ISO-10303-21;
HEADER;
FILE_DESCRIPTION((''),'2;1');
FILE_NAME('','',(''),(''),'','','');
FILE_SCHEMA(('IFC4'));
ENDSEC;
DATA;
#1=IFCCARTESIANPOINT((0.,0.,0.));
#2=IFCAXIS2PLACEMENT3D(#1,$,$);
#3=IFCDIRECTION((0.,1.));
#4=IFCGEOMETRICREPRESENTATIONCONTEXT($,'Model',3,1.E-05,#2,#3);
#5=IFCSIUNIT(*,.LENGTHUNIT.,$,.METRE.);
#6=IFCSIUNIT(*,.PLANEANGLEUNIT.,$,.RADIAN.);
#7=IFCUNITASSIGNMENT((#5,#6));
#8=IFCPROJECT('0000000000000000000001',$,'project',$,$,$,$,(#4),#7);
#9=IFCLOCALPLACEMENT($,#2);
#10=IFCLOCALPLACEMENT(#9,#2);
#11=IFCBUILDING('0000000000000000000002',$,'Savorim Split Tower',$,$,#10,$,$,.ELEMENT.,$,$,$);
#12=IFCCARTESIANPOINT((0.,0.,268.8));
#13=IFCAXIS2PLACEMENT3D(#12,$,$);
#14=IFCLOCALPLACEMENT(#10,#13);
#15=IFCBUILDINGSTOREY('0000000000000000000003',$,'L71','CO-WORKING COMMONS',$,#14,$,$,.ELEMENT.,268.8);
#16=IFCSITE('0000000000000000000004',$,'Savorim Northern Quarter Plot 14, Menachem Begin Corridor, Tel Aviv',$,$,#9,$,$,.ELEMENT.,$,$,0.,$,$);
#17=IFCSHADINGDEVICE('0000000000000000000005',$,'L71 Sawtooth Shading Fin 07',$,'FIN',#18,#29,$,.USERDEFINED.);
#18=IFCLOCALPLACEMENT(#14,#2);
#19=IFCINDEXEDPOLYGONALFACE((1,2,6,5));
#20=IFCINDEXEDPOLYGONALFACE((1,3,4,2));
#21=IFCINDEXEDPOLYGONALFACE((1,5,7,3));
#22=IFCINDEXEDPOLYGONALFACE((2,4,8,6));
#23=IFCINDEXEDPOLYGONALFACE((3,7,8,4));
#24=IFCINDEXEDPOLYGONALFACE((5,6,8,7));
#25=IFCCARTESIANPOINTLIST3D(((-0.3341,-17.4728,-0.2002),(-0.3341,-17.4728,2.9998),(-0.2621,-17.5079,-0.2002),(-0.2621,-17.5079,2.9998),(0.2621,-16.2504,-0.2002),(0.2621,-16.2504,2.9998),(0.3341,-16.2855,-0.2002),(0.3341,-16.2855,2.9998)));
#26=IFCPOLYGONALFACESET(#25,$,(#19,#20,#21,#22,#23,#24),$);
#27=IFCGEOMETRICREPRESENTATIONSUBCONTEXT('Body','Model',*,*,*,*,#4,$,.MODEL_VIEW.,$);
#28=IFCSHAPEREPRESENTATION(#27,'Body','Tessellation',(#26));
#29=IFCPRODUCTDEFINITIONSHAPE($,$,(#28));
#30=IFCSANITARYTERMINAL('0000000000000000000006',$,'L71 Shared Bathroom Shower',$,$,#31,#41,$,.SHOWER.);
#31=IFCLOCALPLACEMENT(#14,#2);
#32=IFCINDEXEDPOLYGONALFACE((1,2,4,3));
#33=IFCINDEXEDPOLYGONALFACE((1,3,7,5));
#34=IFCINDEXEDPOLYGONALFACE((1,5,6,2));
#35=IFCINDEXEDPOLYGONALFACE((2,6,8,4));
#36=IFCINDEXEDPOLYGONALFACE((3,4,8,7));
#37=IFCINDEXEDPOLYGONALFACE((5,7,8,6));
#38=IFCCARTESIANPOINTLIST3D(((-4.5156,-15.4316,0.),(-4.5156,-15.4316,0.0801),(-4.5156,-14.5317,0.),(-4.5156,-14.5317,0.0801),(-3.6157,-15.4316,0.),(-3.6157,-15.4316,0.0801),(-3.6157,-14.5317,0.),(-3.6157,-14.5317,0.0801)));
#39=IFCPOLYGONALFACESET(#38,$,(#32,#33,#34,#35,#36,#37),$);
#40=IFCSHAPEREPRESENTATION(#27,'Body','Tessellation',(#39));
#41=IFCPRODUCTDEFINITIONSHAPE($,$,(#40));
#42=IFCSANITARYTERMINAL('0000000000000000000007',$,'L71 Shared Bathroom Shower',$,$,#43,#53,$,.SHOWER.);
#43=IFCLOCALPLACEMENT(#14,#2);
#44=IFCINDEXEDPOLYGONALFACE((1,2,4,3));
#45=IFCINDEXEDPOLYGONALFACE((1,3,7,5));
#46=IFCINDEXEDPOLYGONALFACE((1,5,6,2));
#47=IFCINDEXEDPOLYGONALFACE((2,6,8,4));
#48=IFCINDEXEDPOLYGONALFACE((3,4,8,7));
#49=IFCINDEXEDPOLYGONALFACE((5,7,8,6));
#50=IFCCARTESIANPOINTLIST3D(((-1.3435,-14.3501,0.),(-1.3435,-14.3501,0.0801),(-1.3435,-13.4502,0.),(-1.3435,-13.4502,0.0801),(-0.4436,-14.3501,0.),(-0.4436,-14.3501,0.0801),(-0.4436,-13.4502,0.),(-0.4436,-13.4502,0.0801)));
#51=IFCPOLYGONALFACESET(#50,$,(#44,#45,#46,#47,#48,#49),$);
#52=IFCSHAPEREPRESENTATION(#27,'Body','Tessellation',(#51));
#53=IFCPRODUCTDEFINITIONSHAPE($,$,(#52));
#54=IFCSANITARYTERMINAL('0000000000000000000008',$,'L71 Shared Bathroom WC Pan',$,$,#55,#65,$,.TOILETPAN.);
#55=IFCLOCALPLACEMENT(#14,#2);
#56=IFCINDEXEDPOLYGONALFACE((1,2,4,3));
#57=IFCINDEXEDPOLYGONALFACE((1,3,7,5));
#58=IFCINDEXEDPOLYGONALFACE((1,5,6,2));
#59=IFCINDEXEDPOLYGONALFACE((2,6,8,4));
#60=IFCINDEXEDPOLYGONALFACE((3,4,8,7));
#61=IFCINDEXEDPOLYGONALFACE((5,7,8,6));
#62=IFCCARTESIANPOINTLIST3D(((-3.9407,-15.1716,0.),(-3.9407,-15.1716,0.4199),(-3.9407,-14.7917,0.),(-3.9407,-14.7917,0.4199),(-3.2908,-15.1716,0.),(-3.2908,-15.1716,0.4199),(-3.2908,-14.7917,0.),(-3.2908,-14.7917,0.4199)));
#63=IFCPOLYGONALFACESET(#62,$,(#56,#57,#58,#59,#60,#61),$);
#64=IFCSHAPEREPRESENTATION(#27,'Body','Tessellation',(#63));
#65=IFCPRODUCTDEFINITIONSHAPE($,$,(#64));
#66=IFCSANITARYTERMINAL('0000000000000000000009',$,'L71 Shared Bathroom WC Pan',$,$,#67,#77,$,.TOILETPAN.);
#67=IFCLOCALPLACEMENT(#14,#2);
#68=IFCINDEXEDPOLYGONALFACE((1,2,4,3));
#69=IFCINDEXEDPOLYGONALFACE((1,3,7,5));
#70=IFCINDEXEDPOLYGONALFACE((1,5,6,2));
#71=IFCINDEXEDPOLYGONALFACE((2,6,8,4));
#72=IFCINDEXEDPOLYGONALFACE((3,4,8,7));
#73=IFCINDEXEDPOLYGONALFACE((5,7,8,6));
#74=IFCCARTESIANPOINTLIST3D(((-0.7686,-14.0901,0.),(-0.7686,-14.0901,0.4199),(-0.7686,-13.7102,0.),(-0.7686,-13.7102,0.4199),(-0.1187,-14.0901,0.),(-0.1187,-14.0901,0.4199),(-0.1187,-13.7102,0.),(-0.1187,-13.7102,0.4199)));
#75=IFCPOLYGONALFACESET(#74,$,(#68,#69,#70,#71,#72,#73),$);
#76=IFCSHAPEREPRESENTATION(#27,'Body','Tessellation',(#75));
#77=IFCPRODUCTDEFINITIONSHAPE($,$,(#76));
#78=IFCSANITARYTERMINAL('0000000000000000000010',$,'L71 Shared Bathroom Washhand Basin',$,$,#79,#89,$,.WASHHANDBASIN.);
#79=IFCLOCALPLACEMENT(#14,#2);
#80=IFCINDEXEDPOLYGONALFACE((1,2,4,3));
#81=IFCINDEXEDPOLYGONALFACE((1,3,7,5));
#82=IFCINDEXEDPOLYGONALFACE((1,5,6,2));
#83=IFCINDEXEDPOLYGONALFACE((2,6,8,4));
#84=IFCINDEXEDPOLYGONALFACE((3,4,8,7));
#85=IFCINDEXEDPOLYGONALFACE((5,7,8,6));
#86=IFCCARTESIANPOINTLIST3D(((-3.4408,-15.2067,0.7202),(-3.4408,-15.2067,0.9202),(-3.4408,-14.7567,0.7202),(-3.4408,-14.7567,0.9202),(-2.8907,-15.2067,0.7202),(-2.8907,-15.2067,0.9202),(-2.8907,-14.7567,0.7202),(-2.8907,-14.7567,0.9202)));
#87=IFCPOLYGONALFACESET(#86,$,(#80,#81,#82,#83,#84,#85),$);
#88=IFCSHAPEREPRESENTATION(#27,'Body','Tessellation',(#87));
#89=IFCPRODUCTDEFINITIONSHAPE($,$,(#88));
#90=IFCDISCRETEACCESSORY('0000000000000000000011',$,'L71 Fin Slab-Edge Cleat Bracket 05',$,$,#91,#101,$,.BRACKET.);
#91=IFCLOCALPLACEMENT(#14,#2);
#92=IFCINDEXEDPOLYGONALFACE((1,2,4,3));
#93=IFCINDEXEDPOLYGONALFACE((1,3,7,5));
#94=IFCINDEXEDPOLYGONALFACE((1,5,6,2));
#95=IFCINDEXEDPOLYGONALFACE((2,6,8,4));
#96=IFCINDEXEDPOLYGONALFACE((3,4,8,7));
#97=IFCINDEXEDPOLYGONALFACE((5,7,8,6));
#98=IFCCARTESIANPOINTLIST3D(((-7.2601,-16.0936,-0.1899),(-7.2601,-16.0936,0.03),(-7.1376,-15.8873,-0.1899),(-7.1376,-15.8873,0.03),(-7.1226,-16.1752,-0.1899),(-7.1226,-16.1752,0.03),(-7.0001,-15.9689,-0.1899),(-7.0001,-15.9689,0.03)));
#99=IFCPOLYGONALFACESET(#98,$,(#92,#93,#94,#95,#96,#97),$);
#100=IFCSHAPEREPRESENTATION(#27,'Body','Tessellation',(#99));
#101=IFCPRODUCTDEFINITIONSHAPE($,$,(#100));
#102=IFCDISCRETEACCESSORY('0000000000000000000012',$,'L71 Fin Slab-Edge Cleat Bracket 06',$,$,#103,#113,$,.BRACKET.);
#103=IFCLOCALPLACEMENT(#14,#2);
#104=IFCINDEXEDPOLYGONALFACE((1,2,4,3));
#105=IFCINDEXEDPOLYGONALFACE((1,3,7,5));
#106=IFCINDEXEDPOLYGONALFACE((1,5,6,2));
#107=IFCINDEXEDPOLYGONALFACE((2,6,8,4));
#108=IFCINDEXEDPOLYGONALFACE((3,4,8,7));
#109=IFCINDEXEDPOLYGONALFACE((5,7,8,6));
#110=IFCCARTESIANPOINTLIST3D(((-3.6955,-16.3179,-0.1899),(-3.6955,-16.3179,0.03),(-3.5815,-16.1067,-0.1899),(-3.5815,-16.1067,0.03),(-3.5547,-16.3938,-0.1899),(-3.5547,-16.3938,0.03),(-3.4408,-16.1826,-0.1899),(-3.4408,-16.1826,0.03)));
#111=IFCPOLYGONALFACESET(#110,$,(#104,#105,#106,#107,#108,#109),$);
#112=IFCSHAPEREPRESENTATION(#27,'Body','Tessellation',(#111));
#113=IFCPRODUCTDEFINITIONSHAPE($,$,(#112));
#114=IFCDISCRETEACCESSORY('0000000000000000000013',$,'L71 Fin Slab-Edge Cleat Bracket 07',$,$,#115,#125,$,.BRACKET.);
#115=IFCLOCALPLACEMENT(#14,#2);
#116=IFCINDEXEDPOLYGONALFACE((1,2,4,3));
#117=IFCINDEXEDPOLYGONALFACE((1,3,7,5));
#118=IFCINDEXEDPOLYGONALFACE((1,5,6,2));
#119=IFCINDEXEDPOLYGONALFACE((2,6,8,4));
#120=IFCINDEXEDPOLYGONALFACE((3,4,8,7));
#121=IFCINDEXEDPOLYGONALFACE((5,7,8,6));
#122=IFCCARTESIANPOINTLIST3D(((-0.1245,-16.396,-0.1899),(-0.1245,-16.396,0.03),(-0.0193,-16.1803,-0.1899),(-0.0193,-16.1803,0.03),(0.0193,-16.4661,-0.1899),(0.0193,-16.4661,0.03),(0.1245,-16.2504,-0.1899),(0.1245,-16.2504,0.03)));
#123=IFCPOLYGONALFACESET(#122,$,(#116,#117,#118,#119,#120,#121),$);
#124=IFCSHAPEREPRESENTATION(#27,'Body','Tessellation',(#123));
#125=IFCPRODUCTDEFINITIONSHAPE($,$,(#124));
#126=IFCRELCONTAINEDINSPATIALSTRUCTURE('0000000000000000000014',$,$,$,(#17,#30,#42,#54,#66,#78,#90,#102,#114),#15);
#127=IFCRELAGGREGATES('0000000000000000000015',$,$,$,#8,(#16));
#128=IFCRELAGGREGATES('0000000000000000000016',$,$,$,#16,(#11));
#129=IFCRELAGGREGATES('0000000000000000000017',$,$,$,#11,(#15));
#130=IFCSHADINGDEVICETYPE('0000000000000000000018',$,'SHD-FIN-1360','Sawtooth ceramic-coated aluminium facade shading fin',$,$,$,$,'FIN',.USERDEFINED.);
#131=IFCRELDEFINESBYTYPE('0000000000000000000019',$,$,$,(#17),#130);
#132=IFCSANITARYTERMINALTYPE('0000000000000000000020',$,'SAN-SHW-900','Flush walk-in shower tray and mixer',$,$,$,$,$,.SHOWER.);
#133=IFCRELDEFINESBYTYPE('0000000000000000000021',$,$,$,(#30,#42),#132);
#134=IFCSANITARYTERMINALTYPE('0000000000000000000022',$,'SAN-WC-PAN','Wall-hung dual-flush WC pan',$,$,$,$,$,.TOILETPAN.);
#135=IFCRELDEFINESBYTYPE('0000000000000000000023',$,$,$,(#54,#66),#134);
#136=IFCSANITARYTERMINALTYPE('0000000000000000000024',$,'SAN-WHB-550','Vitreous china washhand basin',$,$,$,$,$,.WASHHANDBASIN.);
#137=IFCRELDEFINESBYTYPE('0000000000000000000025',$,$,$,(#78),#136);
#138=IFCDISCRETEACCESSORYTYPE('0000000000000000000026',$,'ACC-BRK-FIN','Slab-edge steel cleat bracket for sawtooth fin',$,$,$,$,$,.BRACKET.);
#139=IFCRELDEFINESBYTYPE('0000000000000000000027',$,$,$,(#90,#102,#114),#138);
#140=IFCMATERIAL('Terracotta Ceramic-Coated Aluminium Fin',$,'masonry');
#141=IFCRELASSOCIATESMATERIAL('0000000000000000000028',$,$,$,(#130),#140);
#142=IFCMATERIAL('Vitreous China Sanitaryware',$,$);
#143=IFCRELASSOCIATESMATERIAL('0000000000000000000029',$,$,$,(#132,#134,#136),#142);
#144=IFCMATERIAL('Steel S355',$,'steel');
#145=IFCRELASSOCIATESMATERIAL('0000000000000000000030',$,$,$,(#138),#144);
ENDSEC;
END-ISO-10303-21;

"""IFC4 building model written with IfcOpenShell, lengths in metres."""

from ifc_helpers import new_model, si_unit, direction, frame, origin, origin_2d, place, context, subcontext, project, spatial, rectangle, extrude, material, type_object, element, save


model = new_model("IFC4")

# Units and contexts
model_context = context("Model", 3, precision=1e-05, world=origin(), true_north=direction((0.0, 1.0)))
body_context = subcontext(model_context, "Body", "Model", "MODEL_VIEW")
ifc_project = project(units=[si_unit("LENGTHUNIT", "METRE"), si_unit("PLANEANGLEUNIT", "RADIAN")], contexts=[model_context])

# Site, building, storey
site_placement = place(None, origin())
site = spatial("IfcSite", under=ifc_project, at=site_placement, Name="Savorim Northern Quarter Plot 14, Menachem Begin Corridor, Tel Aviv", CompositionType="ELEMENT", RefElevation=0.0)
building_placement = place(site_placement, origin())
building = spatial("IfcBuilding", under=site, at=building_placement, Name="Savorim Split Tower", CompositionType="ELEMENT")
storey_placement = place(building_placement, frame((0.0, 0.0, 268.8)))
storey = spatial("IfcBuildingStorey", under=building, at=storey_placement, Name="L71", Description="CO-WORKING COMMONS", CompositionType="ELEMENT", Elevation=268.8)

# Shared definitions
ifc_material_1 = material(Name="Steel S355", Category="steel")

# Shading device
ifc_material_2 = material(Name="Terracotta Ceramic-Coated Aluminium Fin", Category="masonry")
shading_device_type = type_object("IfcShadingDeviceType", Name="SHD-FIN-1360", Description="Sawtooth ceramic-coated aluminium facade shading fin", ElementType="FIN", PredefinedType="USERDEFINED", material=ifc_material_2)
for number, where, z_axis, x_axis, name in (
    (1, (0.0, -16.8792, -0.2002), (0.0, 0.0, 1.0), (-0.438371, -0.898794, 0.0), "L71 Sawtooth Shading Fin 07"),
):
    element("IfcShadingDevice", number, at=place(storey_placement, frame(where, z_axis=z_axis, x_axis=x_axis)), inside=storey, type_object=shading_device_type, Name=name, ObjectType="FIN", PredefinedType="USERDEFINED", context=body_context, shape_type="SweptSolid", body=[
        extrude(rectangle(XDim=1.3601, YDim=0.0801, at=origin_2d()), origin(), (0.0, 0.0, 1.0), 3.2),
    ])

# Sanitary terminals
ifc_material_3 = material(Name="Vitreous China Sanitaryware")
sanitary_terminal_type_1 = type_object("IfcSanitaryTerminalType", Name="SAN-SHW-900", Description="Flush walk-in shower tray and mixer", PredefinedType="SHOWER", material=ifc_material_3)
for number, where, z_axis, x_axis, name in (
    (2, (-4.0657, -14.9817, 0.0), (0.0, 0.0, 1.0), (1.0, 0.0, 0.0), "L71 Shared Bathroom Shower"),
    (3, (-0.8936, -13.9001, 0.0), (0.0, 0.0, 1.0), (1.0, 0.0, 0.0), "L71 Shared Bathroom Shower"),
):
    element("IfcSanitaryTerminal", number, at=place(storey_placement, frame(where, z_axis=z_axis, x_axis=x_axis)), inside=storey, type_object=sanitary_terminal_type_1, Name=name, PredefinedType="SHOWER", context=body_context, shape_type="SweptSolid", body=[
        extrude(rectangle(XDim=0.8999, YDim=0.8999, at=origin_2d()), origin(), (0.0, 0.0, 1.0), 0.0801),
    ])
sanitary_terminal_type_2 = type_object("IfcSanitaryTerminalType", Name="SAN-WC-PAN", Description="Wall-hung dual-flush WC pan", PredefinedType="TOILETPAN", material=ifc_material_3)
for number, where, z_axis, x_axis, name in (
    (4, (-3.6157, -14.9817, 0.0), (0.0, 0.0, 1.0), (1.0, 0.0, 0.0), "L71 Shared Bathroom WC Pan"),
    (5, (-0.4436, -13.9001, 0.0), (0.0, 0.0, 1.0), (1.0, 0.0, 0.0), "L71 Shared Bathroom WC Pan"),
):
    element("IfcSanitaryTerminal", number, at=place(storey_placement, frame(where, z_axis=z_axis, x_axis=x_axis)), inside=storey, type_object=sanitary_terminal_type_2, Name=name, PredefinedType="TOILETPAN", context=body_context, shape_type="SweptSolid", body=[
        extrude(rectangle(XDim=0.6499, YDim=0.3799, at=origin_2d()), origin(), (0.0, 0.0, 1.0), 0.4199),
    ])
sanitary_terminal_type_3 = type_object("IfcSanitaryTerminalType", Name="SAN-WHB-550", Description="Vitreous china washhand basin", PredefinedType="WASHHANDBASIN", material=ifc_material_3)
sanitary_terminal_placement = place(storey_placement, frame((-3.1658, -14.9817, 0.7202), z_axis=(0.0, 0.0, 1.0), x_axis=(1.0, 0.0, 0.0)))
element("IfcSanitaryTerminal", 6, at=sanitary_terminal_placement, inside=storey, type_object=sanitary_terminal_type_3, Name="L71 Shared Bathroom Washhand Basin", PredefinedType="WASHHANDBASIN", context=body_context, shape_type="SweptSolid", body=[
    extrude(rectangle(XDim=0.55, YDim=0.45, at=origin_2d()), origin(), (0.0, 0.0, 1.0), 0.2),
])

# Discrete accessories
discrete_accessory_type = type_object("IfcDiscreteAccessoryType", Name="ACC-BRK-FIN", Description="Slab-edge steel cleat bracket for sawtooth fin", PredefinedType="BRACKET", material=ifc_material_1)
for number, where, z_axis, x_axis, name in (
    (7, (-7.1301, -16.0312, -0.1899), (0.0, 0.0, 1.0), (-0.510391, -0.859942, 0.0), "L71 Fin Slab-Edge Cleat Bracket 05"),
    (8, (-3.5681, -16.2502, -0.1899), (0.0, 0.0, 1.0), (-0.474778, -0.880106, 0.0), "L71 Fin Slab-Edge Cleat Bracket 06"),
    (9, (0.0, -16.3232, -0.1899), (0.0, 0.0, 1.0), (-0.438371, -0.898794, 0.0), "L71 Fin Slab-Edge Cleat Bracket 07"),
):
    element("IfcDiscreteAccessory", number, at=place(storey_placement, frame(where, z_axis=z_axis, x_axis=x_axis)), inside=storey, type_object=discrete_accessory_type, Name=name, PredefinedType="BRACKET", context=body_context, shape_type="SweptSolid", body=[
        extrude(rectangle(XDim=0.24, YDim=0.1599, at=origin_2d()), origin(), (0.0, 0.0, 1.0), 0.22),
    ])

save(model, "model.ifc")
